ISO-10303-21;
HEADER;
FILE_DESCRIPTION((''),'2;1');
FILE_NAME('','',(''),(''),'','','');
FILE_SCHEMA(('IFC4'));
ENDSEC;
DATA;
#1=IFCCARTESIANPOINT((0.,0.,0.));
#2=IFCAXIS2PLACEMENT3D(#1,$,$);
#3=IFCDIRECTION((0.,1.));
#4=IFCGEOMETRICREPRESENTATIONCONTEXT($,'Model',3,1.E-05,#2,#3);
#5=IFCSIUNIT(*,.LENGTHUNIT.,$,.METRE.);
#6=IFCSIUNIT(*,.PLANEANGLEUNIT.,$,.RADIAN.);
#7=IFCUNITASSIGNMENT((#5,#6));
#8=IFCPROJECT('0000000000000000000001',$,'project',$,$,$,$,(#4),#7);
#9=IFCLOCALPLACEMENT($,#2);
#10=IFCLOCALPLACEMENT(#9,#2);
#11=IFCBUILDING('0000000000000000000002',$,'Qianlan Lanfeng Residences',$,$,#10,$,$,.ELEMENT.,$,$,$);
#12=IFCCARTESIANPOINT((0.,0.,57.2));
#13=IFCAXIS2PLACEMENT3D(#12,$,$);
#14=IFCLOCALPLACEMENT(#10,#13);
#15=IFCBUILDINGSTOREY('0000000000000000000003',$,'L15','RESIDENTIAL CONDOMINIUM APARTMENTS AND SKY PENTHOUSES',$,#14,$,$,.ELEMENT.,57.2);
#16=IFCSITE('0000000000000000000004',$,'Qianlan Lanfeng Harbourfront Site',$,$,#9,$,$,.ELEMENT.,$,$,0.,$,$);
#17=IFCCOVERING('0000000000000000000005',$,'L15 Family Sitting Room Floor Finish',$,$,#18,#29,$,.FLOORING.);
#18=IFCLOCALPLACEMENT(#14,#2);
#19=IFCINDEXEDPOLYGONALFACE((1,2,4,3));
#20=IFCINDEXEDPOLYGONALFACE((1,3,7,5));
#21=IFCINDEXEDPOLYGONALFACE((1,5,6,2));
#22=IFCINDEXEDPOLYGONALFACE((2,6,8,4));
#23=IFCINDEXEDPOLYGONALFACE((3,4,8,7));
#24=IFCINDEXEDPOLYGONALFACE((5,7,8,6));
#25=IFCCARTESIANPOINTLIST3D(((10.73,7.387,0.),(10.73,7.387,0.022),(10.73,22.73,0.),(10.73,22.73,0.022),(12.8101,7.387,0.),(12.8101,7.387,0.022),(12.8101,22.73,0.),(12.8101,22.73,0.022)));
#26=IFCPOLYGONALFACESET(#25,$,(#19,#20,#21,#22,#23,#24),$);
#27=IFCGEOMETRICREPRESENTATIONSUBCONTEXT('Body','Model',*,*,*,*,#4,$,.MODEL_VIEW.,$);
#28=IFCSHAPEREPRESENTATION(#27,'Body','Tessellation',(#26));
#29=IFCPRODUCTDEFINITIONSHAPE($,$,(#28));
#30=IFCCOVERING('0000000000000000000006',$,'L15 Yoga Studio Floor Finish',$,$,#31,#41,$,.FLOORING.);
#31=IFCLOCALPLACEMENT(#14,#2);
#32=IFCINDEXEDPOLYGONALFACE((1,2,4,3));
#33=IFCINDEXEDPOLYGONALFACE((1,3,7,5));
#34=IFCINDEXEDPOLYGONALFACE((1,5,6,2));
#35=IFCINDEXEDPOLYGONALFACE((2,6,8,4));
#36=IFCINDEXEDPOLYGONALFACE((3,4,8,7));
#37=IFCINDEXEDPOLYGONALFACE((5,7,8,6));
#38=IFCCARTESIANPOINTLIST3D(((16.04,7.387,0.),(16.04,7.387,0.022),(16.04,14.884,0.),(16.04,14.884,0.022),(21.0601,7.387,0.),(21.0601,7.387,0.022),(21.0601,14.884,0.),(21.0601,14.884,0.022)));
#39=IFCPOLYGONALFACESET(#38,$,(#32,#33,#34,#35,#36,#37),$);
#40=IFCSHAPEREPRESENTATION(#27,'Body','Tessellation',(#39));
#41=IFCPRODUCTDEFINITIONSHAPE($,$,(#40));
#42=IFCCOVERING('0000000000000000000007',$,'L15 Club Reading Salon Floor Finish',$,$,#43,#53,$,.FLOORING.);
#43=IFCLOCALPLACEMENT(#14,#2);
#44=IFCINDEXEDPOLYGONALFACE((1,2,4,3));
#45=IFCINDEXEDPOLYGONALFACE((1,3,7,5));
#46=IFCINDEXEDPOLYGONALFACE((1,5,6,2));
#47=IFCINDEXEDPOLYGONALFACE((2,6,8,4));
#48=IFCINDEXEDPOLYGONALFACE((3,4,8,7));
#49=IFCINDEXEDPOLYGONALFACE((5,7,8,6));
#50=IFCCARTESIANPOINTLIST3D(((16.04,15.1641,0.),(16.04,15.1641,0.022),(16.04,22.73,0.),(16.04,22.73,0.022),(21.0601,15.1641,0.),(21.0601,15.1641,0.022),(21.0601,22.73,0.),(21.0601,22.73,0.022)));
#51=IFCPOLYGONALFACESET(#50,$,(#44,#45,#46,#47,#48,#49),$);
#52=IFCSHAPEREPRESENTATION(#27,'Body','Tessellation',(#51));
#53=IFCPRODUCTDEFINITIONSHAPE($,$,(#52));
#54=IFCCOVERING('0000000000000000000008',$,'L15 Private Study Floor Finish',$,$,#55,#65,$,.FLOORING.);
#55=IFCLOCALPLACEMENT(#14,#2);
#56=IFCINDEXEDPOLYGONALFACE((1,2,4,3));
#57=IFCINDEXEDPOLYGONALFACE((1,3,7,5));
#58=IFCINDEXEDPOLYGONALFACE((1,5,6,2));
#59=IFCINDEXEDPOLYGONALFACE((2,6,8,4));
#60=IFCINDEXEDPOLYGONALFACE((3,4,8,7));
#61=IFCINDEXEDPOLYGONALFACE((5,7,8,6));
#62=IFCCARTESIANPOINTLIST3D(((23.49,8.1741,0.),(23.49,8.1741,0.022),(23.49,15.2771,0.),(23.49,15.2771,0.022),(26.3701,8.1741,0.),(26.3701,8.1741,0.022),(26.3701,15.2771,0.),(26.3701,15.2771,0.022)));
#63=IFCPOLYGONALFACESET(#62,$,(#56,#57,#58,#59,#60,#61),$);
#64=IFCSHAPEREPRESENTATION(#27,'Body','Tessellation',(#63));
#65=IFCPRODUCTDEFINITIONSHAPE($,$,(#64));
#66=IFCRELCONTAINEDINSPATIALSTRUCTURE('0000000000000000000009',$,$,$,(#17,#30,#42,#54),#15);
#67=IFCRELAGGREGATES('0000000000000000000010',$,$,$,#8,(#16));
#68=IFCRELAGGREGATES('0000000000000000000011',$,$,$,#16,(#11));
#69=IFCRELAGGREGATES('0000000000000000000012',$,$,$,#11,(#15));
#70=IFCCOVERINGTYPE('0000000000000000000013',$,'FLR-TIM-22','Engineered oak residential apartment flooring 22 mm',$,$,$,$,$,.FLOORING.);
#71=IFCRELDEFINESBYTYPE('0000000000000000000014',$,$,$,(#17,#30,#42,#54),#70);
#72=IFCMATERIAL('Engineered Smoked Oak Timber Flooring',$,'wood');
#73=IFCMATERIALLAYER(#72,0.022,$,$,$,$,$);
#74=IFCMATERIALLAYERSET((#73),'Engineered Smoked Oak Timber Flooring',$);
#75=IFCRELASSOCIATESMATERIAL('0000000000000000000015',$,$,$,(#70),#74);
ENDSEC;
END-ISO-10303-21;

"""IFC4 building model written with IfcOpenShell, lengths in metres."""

from ifc_helpers import new_model, si_unit, direction, frame, origin, place, context, subcontext, project, spatial, polyline, outline, extrude, material, layer, layer_set, type_object, element, save


model = new_model("IFC4")

# Units and contexts
model_context = context("Model", 3, precision=1e-05, world=origin(), true_north=direction((0.0, 1.0)))
body_context = subcontext(model_context, "Body", "Model", "MODEL_VIEW")
ifc_project = project(units=[si_unit("LENGTHUNIT", "METRE"), si_unit("PLANEANGLEUNIT", "RADIAN")], contexts=[model_context])

# Site, building, storey
site_placement = place(None, origin())
site = spatial("IfcSite", under=ifc_project, at=site_placement, Name="Qianlan Lanfeng Harbourfront Site", CompositionType="ELEMENT", RefElevation=0.0)
building_placement = place(site_placement, origin())
building = spatial("IfcBuilding", under=site, at=building_placement, Name="Qianlan Lanfeng Residences", CompositionType="ELEMENT")
storey_placement = place(building_placement, frame((0.0, 0.0, 57.2)))
storey = spatial("IfcBuildingStorey", under=building, at=storey_placement, Name="L15", Description="RESIDENTIAL CONDOMINIUM APARTMENTS AND SKY PENTHOUSES", CompositionType="ELEMENT", Elevation=57.2)

# Coverings
ifc_material_1 = material(Name="Engineered Smoked Oak Timber Flooring", Category="wood")
ifc_layer_1 = layer(ifc_material_1, 0.022)
ifc_layer_set_1 = layer_set([ifc_layer_1], Name="Engineered Smoked Oak Timber Flooring")
covering_type_1 = type_object("IfcCoveringType", Name="FLR-TIM-22", Description="Engineered oak residential apartment flooring 22 mm", PredefinedType="FLOORING", material=ifc_layer_set_1)
covering_1_placement = place(storey_placement, origin())
element("IfcCovering", 1, at=covering_1_placement, inside=storey, type_object=covering_type_1, Name="L15 Family Sitting Room Floor Finish", PredefinedType="FLOORING", context=body_context, shape_type="SweptSolid", body=[
    extrude(outline(polyline([(10.73, 7.387), (12.8101, 7.387), (12.8101, 22.73), (10.73, 22.73), (10.73, 7.387)])), origin(), (0.0, 0.0, 1.0), 0.022),
])
covering_2_placement = place(storey_placement, origin())
element("IfcCovering", 2, at=covering_2_placement, inside=storey, type_object=covering_type_1, Name="L15 Yoga Studio Floor Finish", PredefinedType="FLOORING", context=body_context, shape_type="SweptSolid", body=[
    extrude(outline(polyline([(16.04, 7.387), (21.0601, 7.387), (21.0601, 14.884), (16.04, 14.884), (16.04, 7.387)])), origin(), (0.0, 0.0, 1.0), 0.022),
])
covering_3_placement = place(storey_placement, origin())
element("IfcCovering", 3, at=covering_3_placement, inside=storey, type_object=covering_type_1, Name="L15 Club Reading Salon Floor Finish", PredefinedType="FLOORING", context=body_context, shape_type="SweptSolid", body=[
    extrude(outline(polyline([(16.04, 15.1641), (21.0601, 15.1641), (21.0601, 22.73), (16.04, 22.73), (16.04, 15.1641)])), origin(), (0.0, 0.0, 1.0), 0.022),
])
covering_4_placement = place(storey_placement, origin())
element("IfcCovering", 4, at=covering_4_placement, inside=storey, type_object=covering_type_1, Name="L15 Private Study Floor Finish", PredefinedType="FLOORING", context=body_context, shape_type="SweptSolid", body=[
    extrude(outline(polyline([(23.49, 8.1741), (26.3701, 8.1741), (26.3701, 15.2771), (23.49, 15.2771), (23.49, 8.1741)])), origin(), (0.0, 0.0, 1.0), 0.022),
])

save(model, "model.ifc")
